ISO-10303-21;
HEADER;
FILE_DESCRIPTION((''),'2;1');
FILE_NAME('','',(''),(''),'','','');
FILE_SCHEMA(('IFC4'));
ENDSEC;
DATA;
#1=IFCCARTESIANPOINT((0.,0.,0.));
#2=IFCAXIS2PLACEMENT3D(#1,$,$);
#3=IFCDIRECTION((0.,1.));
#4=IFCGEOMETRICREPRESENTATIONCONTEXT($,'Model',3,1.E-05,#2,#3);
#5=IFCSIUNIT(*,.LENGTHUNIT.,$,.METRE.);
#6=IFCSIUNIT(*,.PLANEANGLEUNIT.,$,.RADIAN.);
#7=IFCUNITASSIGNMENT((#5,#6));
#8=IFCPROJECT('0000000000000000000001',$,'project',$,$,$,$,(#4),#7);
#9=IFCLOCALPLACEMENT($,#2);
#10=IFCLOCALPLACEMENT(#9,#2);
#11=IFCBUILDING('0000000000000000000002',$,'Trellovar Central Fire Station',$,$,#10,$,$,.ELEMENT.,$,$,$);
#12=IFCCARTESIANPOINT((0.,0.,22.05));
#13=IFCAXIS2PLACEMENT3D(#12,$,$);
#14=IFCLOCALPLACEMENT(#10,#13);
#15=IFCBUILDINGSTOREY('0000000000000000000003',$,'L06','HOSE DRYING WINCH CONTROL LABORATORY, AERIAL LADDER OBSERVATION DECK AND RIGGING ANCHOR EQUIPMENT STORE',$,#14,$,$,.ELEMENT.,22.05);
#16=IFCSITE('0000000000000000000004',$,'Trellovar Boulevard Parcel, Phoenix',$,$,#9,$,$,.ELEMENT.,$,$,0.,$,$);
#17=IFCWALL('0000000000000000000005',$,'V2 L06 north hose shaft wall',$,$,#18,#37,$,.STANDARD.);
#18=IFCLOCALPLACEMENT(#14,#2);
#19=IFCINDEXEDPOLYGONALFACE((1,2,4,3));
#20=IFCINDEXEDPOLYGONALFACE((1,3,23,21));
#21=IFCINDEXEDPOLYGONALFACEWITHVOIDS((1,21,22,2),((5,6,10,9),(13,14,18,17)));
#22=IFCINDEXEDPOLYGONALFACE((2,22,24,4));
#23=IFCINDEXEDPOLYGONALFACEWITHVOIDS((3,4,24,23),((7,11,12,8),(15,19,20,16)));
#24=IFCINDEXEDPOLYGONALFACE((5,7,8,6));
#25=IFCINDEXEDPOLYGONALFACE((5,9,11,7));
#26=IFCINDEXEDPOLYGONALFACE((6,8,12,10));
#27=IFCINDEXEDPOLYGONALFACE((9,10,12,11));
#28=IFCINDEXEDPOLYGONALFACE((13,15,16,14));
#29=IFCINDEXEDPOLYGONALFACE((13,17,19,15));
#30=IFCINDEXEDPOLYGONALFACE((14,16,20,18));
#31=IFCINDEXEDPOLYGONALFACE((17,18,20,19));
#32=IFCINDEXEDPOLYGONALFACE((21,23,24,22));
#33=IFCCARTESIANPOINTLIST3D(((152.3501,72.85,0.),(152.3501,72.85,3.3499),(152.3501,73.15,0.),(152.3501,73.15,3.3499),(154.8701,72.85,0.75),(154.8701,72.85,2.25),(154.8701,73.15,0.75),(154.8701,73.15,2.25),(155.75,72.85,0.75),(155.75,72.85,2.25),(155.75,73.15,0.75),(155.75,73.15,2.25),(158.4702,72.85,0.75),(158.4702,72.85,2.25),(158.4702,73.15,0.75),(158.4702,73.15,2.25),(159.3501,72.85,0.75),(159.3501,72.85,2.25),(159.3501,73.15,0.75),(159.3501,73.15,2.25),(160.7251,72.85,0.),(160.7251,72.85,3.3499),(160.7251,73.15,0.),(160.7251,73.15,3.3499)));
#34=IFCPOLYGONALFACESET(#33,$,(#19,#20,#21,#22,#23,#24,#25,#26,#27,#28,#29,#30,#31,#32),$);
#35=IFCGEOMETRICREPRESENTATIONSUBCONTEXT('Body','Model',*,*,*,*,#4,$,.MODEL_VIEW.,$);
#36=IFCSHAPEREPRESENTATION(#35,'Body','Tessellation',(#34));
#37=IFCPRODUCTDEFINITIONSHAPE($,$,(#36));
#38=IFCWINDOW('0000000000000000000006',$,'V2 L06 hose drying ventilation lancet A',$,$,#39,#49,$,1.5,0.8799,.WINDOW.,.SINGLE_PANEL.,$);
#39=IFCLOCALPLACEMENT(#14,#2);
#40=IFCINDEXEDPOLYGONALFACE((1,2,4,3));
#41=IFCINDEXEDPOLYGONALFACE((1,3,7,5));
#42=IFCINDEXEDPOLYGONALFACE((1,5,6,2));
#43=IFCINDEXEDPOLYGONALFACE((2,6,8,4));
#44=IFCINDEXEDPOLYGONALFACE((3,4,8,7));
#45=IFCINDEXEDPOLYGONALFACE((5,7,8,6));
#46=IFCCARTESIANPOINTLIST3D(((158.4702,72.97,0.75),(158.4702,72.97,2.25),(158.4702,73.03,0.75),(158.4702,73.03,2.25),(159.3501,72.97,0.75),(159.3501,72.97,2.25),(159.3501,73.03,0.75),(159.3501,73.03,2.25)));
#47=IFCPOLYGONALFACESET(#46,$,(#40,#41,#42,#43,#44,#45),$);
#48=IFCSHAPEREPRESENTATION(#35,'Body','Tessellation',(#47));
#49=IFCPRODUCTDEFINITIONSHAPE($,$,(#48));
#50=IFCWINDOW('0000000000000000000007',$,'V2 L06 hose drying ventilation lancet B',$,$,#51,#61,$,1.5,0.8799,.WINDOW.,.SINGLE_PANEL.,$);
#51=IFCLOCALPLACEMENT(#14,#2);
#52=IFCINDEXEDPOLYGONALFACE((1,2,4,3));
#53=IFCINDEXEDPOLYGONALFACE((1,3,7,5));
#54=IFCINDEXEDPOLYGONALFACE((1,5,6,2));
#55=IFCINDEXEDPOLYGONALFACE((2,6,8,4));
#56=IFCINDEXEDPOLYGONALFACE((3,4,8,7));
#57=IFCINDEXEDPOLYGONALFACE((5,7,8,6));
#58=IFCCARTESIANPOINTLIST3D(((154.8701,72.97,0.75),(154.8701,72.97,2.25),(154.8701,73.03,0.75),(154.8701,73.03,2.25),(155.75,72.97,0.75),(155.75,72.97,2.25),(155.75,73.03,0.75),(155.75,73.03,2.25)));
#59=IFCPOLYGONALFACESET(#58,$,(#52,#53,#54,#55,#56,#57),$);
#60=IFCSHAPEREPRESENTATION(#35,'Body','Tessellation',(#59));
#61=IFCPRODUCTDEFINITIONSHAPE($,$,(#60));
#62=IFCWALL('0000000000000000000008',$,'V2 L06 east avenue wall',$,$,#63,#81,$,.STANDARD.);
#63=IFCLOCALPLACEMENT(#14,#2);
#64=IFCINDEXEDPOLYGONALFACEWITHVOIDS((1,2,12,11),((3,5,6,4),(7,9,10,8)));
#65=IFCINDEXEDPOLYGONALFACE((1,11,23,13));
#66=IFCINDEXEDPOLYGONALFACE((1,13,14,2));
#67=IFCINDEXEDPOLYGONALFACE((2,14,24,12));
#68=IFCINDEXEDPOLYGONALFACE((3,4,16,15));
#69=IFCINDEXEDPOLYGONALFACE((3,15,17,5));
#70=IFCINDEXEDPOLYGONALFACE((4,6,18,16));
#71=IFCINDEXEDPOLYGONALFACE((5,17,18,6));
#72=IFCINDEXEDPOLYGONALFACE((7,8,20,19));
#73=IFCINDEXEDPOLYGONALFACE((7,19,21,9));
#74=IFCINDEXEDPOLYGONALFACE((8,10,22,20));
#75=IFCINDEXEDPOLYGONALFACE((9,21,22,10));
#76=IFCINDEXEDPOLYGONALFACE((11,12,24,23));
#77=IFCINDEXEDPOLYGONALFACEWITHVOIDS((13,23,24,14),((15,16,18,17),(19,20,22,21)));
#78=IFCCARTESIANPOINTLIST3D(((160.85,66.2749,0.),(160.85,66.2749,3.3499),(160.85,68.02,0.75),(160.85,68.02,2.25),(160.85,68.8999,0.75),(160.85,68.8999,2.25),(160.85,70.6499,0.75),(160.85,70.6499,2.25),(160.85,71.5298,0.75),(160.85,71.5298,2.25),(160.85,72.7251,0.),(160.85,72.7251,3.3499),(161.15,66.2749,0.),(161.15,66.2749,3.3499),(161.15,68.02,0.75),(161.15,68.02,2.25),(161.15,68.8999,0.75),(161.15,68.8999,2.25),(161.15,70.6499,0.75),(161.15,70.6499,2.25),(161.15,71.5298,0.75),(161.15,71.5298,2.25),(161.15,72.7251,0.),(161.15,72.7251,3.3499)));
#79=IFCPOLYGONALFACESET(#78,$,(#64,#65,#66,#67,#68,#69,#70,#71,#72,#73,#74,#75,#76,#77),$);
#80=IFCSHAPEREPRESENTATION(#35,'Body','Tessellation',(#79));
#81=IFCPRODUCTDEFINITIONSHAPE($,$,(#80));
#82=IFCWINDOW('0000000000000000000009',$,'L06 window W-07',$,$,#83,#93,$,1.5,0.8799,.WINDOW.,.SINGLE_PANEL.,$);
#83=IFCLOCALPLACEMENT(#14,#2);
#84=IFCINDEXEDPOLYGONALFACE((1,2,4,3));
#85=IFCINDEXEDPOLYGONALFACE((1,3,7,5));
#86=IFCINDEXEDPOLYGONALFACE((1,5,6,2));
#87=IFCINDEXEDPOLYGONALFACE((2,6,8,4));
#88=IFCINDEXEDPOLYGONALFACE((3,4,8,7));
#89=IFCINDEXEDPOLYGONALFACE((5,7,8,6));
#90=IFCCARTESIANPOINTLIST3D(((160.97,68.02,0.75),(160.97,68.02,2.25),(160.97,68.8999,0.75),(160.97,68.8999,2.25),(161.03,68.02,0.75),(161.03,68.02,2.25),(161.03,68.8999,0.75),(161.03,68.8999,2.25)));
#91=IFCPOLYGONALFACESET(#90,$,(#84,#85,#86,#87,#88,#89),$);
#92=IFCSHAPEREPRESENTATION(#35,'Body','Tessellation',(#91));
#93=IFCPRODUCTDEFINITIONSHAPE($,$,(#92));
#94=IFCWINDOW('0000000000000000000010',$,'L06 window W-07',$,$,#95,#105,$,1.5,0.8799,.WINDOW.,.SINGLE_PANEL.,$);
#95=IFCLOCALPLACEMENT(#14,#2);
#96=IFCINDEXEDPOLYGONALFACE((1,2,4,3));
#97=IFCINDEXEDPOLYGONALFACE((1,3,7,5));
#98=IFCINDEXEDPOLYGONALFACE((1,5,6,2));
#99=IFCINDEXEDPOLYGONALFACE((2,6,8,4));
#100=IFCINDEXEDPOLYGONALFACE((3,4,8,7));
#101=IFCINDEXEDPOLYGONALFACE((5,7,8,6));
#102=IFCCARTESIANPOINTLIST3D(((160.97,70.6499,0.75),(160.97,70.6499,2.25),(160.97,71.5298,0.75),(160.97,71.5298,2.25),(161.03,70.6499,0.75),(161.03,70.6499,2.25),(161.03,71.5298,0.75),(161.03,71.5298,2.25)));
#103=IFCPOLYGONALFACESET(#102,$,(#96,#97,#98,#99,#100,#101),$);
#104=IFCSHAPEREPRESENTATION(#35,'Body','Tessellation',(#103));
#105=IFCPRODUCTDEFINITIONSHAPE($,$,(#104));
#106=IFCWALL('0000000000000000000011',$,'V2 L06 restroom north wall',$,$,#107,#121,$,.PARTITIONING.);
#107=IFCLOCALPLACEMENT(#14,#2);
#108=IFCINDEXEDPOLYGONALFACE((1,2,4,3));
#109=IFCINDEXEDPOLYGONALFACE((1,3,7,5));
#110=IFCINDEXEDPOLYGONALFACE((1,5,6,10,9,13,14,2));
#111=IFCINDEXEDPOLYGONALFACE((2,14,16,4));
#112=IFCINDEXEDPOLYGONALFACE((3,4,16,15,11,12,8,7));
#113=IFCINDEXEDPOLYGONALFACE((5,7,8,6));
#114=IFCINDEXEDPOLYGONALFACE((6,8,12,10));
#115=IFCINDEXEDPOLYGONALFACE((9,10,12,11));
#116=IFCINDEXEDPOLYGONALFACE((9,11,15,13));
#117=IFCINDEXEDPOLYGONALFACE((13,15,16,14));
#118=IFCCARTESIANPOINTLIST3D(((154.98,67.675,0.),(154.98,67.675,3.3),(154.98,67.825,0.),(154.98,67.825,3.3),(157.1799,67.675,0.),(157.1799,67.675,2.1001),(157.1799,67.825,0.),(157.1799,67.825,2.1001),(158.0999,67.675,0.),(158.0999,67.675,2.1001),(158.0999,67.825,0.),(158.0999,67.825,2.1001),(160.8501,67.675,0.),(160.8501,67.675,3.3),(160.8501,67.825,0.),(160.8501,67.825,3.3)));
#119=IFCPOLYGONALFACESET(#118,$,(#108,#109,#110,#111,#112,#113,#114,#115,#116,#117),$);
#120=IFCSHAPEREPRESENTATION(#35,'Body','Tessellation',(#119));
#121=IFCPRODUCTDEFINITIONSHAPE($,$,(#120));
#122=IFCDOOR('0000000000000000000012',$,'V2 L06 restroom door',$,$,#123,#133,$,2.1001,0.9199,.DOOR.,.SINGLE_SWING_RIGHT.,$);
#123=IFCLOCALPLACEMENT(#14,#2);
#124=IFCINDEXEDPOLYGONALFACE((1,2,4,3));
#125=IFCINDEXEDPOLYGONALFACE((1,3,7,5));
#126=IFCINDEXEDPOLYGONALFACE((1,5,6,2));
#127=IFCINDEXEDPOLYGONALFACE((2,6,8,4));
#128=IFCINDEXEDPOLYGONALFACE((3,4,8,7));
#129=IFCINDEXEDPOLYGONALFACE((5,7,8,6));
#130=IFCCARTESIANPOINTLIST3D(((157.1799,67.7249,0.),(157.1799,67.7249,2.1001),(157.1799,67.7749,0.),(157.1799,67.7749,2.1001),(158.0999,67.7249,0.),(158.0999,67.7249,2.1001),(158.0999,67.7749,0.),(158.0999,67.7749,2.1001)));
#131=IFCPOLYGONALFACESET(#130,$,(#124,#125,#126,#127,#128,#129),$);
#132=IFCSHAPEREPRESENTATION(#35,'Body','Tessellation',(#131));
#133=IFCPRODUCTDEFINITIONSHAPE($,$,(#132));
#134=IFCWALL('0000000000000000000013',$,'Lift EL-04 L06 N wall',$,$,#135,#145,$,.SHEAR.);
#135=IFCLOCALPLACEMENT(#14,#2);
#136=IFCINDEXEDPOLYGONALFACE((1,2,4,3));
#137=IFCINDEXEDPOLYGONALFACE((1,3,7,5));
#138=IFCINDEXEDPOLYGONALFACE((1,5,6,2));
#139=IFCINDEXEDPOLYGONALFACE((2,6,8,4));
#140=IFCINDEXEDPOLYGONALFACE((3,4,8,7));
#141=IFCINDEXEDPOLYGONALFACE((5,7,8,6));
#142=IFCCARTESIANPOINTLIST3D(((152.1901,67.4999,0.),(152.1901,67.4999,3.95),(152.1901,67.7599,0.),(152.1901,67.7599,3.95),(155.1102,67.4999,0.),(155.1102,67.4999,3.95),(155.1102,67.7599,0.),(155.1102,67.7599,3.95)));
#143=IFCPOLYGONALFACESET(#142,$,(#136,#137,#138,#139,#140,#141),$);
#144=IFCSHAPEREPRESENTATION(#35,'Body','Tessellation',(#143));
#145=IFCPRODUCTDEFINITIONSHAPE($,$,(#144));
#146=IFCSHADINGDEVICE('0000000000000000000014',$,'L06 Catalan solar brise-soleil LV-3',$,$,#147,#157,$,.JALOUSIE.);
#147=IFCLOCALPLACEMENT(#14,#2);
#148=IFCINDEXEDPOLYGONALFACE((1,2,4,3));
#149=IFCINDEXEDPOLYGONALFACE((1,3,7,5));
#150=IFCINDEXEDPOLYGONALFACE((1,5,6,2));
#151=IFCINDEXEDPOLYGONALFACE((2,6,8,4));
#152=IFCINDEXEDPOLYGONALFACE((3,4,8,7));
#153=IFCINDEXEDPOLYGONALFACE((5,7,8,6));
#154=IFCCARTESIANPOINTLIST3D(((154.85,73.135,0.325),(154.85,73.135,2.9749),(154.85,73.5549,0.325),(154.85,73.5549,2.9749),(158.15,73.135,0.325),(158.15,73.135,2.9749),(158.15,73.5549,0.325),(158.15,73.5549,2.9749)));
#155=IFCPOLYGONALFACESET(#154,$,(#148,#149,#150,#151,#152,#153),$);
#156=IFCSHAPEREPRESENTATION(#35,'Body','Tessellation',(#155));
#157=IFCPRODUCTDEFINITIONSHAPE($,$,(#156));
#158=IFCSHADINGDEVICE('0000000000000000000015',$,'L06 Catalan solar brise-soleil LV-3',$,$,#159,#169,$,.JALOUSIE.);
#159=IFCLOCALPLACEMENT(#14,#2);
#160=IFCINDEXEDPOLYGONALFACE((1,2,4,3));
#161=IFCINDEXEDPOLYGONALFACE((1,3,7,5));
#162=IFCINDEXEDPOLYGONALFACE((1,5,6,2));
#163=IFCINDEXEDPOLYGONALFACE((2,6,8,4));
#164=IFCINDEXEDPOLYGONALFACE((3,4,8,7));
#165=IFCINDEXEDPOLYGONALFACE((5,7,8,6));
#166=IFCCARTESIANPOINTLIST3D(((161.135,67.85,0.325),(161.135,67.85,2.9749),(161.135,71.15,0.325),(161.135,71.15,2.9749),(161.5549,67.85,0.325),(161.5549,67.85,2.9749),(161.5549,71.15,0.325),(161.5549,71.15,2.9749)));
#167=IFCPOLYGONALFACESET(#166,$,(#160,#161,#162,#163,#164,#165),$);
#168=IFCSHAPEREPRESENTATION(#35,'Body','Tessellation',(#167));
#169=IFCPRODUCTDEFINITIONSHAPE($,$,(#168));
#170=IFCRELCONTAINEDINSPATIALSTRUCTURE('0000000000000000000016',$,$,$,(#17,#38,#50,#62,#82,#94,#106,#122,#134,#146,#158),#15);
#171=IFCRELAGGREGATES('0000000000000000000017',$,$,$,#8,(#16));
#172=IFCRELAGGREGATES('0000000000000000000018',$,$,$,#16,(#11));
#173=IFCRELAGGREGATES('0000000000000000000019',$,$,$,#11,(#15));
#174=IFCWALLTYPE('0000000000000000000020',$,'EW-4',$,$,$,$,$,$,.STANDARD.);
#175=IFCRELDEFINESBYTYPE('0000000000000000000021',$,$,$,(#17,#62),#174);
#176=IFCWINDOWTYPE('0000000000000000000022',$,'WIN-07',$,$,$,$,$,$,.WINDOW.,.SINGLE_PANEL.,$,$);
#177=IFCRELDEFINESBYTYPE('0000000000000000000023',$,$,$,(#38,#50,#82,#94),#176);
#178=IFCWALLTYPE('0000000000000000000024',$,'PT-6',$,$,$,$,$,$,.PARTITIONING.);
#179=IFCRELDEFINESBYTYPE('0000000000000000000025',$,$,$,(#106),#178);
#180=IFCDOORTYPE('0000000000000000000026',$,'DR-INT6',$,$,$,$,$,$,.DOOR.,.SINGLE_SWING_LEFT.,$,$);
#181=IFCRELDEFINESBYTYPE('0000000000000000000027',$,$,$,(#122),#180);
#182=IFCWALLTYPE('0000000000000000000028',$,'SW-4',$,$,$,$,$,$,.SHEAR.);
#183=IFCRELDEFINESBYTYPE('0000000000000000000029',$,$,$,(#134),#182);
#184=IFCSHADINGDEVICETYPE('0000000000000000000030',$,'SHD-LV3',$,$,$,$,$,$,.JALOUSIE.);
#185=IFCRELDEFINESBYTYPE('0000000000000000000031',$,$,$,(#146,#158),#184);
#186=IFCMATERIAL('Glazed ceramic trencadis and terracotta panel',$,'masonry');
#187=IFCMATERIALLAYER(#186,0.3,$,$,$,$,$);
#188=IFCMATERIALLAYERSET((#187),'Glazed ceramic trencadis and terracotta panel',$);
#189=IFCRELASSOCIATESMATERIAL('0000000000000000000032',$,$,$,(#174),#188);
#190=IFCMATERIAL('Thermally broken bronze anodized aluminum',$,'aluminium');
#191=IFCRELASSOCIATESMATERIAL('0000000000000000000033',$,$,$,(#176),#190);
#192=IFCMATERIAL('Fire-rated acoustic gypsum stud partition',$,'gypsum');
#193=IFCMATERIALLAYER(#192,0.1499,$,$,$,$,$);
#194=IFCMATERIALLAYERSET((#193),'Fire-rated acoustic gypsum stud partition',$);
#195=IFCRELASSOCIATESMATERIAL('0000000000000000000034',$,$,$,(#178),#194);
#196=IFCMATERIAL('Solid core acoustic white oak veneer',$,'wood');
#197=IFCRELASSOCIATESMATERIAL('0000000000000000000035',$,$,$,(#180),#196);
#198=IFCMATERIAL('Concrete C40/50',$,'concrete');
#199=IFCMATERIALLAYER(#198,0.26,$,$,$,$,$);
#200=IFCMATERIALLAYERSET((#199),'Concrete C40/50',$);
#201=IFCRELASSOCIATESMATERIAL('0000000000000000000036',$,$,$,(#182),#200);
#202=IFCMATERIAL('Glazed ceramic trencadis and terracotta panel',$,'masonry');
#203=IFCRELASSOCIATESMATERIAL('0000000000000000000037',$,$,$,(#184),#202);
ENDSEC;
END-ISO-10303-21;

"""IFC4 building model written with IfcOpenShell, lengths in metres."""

from ifc_helpers import new_model, si_unit, direction, frame, frame_2d, origin, origin_2d, place, context, subcontext, project, spatial, rectangle, extrude, material, layer, layer_set, type_object, element, fill, save


model = new_model("IFC4")

# Units and contexts
model_context = context("Model", 3, precision=1e-05, world=origin(), true_north=direction((0.0, 1.0)))
body_context = subcontext(model_context, "Body", "Model", "MODEL_VIEW")
ifc_project = project(units=[si_unit("LENGTHUNIT", "METRE"), si_unit("PLANEANGLEUNIT", "RADIAN")], contexts=[model_context])

# Site, building, storey
site_placement = place(None, origin())
site = spatial("IfcSite", under=ifc_project, at=site_placement, Name="Trellovar Boulevard Parcel, Phoenix", CompositionType="ELEMENT", RefElevation=0.0)
building_placement = place(site_placement, origin())
building = spatial("IfcBuilding", under=site, at=building_placement, Name="Trellovar Central Fire Station", CompositionType="ELEMENT")
storey_placement = place(building_placement, frame((0.0, 0.0, 22.05)))
storey = spatial("IfcBuildingStorey", under=building, at=storey_placement, Name="L06", Description="HOSE DRYING WINCH CONTROL LABORATORY, AERIAL LADDER OBSERVATION DECK AND RIGGING ANCHOR EQUIPMENT STORE", CompositionType="ELEMENT", Elevation=22.05)

# Walls, openings, windows
ifc_material_1 = material(Name="Glazed ceramic trencadis and terracotta panel", Category="masonry")
ifc_layer_1 = layer(ifc_material_1, 0.3)
ifc_layer_set_1 = layer_set([ifc_layer_1], Name="Glazed ceramic trencadis and terracotta panel")
wall_type_1 = type_object("IfcWallType", Name="EW-4", PredefinedType="STANDARD", material=ifc_layer_set_1)
wall_1_placement = place(storey_placement, frame((160.7251, 73.0, 0.0), z_axis=(0.0, 0.0, 1.0), x_axis=(-1.0, 0.0, 0.0)))
wall_1 = element("IfcWall", 1, at=wall_1_placement, inside=storey, type_object=wall_type_1, Name="V2 L06 north hose shaft wall", PredefinedType="STANDARD", context=body_context, shape_type="SweptSolid", body=[
    extrude(rectangle(XDim=8.375, YDim=0.3, at=frame_2d((4.1875, 0.0))), origin(), (0.0, 0.0, 1.0), 3.3499),
])
opening_1_placement = place(wall_1_placement, frame((1.375, 0.0, 0.75)))
opening_1 = element("IfcOpeningElement", 2, at=opening_1_placement, cuts=wall_1, PredefinedType="OPENING", context=body_context, shape_type="SweptSolid", body=[
    extrude(rectangle(XDim=0.8799, YDim=1.5, at=frame_2d((0.4399, 0.75))), frame((0.0, 0.1599, 0.0), z_axis=(0.0, -1.0, 0.0), x_axis=(1.0, 0.0, 0.0)), (0.0, 0.0, 1.0), 0.3201),
])
opening_2_placement = place(wall_1_placement, frame((4.9751, 0.0, 0.75)))
opening_2 = element("IfcOpeningElement", 3, at=opening_2_placement, cuts=wall_1, PredefinedType="OPENING", context=body_context, shape_type="SweptSolid", body=[
    extrude(rectangle(XDim=0.8799, YDim=1.5, at=frame_2d((0.4399, 0.75))), frame((0.0, 0.1599, 0.0), z_axis=(0.0, -1.0, 0.0), x_axis=(1.0, 0.0, 0.0)), (0.0, 0.0, 1.0), 0.3201),
])
ifc_material_2 = material(Name="Thermally broken bronze anodized aluminum", Category="aluminium")
window_type = type_object("IfcWindowType", Name="WIN-07", PartitioningType="SINGLE_PANEL", PredefinedType="WINDOW", material=ifc_material_2)
window_1_placement = place(opening_1_placement, origin())
window_1 = element("IfcWindow", 4, at=window_1_placement, inside=storey, type_object=window_type, Name="V2 L06 hose drying ventilation lancet A", OverallHeight=1.5, OverallWidth=0.8799, PartitioningType="SINGLE_PANEL", PredefinedType="WINDOW", context=body_context, shape_type="SweptSolid", body=[
    extrude(rectangle(XDim=0.8799, YDim=1.5, at=frame_2d((0.4399, 0.75))), frame((0.0, 0.03, 0.0), z_axis=(0.0, -1.0, 0.0), x_axis=(1.0, 0.0, 0.0)), (0.0, 0.0, 1.0), 0.0601),
])
fill(opening_1, window_1)
window_2_placement = place(opening_2_placement, origin())
window_2 = element("IfcWindow", 5, at=window_2_placement, inside=storey, type_object=window_type, Name="V2 L06 hose drying ventilation lancet B", OverallHeight=1.5, OverallWidth=0.8799, PartitioningType="SINGLE_PANEL", PredefinedType="WINDOW", context=body_context, shape_type="SweptSolid", body=[
    extrude(rectangle(XDim=0.8799, YDim=1.5, at=frame_2d((0.4399, 0.75))), frame((0.0, 0.03, 0.0), z_axis=(0.0, -1.0, 0.0), x_axis=(1.0, 0.0, 0.0)), (0.0, 0.0, 1.0), 0.0601),
])
fill(opening_2, window_2)
wall_2_placement = place(storey_placement, frame((161.0, 66.2749, 0.0), z_axis=(0.0, 0.0, 1.0), x_axis=(0.0, 1.0, 0.0)))
wall_2 = element("IfcWall", 6, at=wall_2_placement, inside=storey, type_object=wall_type_1, Name="V2 L06 east avenue wall", PredefinedType="STANDARD", context=body_context, shape_type="SweptSolid", body=[
    extrude(rectangle(XDim=6.4502, YDim=0.3, at=frame_2d((3.2251, 0.0))), origin(), (0.0, 0.0, 1.0), 3.3499),
])
opening_3_placement = place(wall_2_placement, frame((1.7451, 0.0, 0.75)))
opening_3 = element("IfcOpeningElement", 7, at=opening_3_placement, cuts=wall_2, PredefinedType="OPENING", context=body_context, shape_type="SweptSolid", body=[
    extrude(rectangle(XDim=0.8799, YDim=1.5, at=frame_2d((0.4399, 0.75))), frame((0.0, 0.1599, 0.0), z_axis=(0.0, -1.0, 0.0), x_axis=(1.0, 0.0, 0.0)), (0.0, 0.0, 1.0), 0.3201),
])
opening_4_placement = place(wall_2_placement, frame((4.375, 0.0, 0.75)))
opening_4 = element("IfcOpeningElement", 8, at=opening_4_placement, cuts=wall_2, PredefinedType="OPENING", context=body_context, shape_type="SweptSolid", body=[
    extrude(rectangle(XDim=0.8799, YDim=1.5, at=frame_2d((0.4399, 0.75))), frame((0.0, 0.1599, 0.0), z_axis=(0.0, -1.0, 0.0), x_axis=(1.0, 0.0, 0.0)), (0.0, 0.0, 1.0), 0.3201),
])
window_3_placement = place(opening_3_placement, origin())
window_3 = element("IfcWindow", 9, at=window_3_placement, inside=storey, type_object=window_type, Name="L06 window W-07", OverallHeight=1.5, OverallWidth=0.8799, PartitioningType="SINGLE_PANEL", PredefinedType="WINDOW", context=body_context, shape_type="SweptSolid", body=[
    extrude(rectangle(XDim=0.8799, YDim=1.5, at=frame_2d((0.4399, 0.75))), frame((0.0, 0.03, 0.0), z_axis=(0.0, -1.0, 0.0), x_axis=(1.0, 0.0, 0.0)), (0.0, 0.0, 1.0), 0.0601),
])
fill(opening_3, window_3)
window_4_placement = place(opening_4_placement, origin())
window_4 = element("IfcWindow", 10, at=window_4_placement, inside=storey, type_object=window_type, Name="L06 window W-07", OverallHeight=1.5, OverallWidth=0.8799, PartitioningType="SINGLE_PANEL", PredefinedType="WINDOW", context=body_context, shape_type="SweptSolid", body=[
    extrude(rectangle(XDim=0.8799, YDim=1.5, at=frame_2d((0.4399, 0.75))), frame((0.0, 0.03, 0.0), z_axis=(0.0, -1.0, 0.0), x_axis=(1.0, 0.0, 0.0)), (0.0, 0.0, 1.0), 0.0601),
])
fill(opening_4, window_4)

# Wall, opening, door
ifc_material_3 = material(Name="Fire-rated acoustic gypsum stud partition", Category="gypsum")
ifc_layer_2 = layer(ifc_material_3, 0.1499)
ifc_layer_set_2 = layer_set([ifc_layer_2], Name="Fire-rated acoustic gypsum stud partition")
wall_type_2 = type_object("IfcWallType", Name="PT-6", PredefinedType="PARTITIONING", material=ifc_layer_set_2)
wall_3_placement = place(storey_placement, frame((154.98, 67.75, 0.0), z_axis=(0.0, 0.0, 1.0), x_axis=(1.0, 0.0, 0.0)))
wall_3 = element("IfcWall", 11, at=wall_3_placement, inside=storey, type_object=wall_type_2, Name="V2 L06 restroom north wall", PredefinedType="PARTITIONING", context=body_context, shape_type="SweptSolid", body=[
    extrude(rectangle(XDim=5.8701, YDim=0.1499, at=frame_2d((2.9351, 0.0))), origin(), (0.0, 0.0, 1.0), 3.3),
])
opening_5_placement = place(wall_3_placement, frame((2.2, 0.0, 0.0)))
opening_5 = element("IfcOpeningElement", 12, at=opening_5_placement, cuts=wall_3, PredefinedType="OPENING", context=body_context, shape_type="SweptSolid", body=[
    extrude(rectangle(XDim=0.9199, YDim=2.1001, at=frame_2d((0.46, 1.05))), frame((0.0, 0.085, 0.0), z_axis=(0.0, -1.0, 0.0), x_axis=(1.0, 0.0, 0.0)), (0.0, 0.0, 1.0), 0.1699),
])
ifc_material_4 = material(Name="Solid core acoustic white oak veneer", Category="wood")
door_type = type_object("IfcDoorType", Name="DR-INT6", OperationType="SINGLE_SWING_LEFT", PredefinedType="DOOR", material=ifc_material_4)
door_placement = place(opening_5_placement, origin())
door = element("IfcDoor", 13, at=door_placement, inside=storey, type_object=door_type, Name="V2 L06 restroom door", OperationType="SINGLE_SWING_RIGHT", OverallHeight=2.1001, OverallWidth=0.9199, PredefinedType="DOOR", context=body_context, shape_type="SweptSolid", body=[
    extrude(rectangle(XDim=0.9199, YDim=2.1001, at=frame_2d((0.46, 1.05))), frame((0.0, 0.0249, 0.0), z_axis=(0.0, -1.0, 0.0), x_axis=(1.0, 0.0, 0.0)), (0.0, 0.0, 1.0), 0.05),
])
fill(opening_5, door)

# Wall
ifc_material_5 = material(Name="Concrete C40/50", Category="concrete")
ifc_layer_3 = layer(ifc_material_5, 0.26)
ifc_layer_set_3 = layer_set([ifc_layer_3], Name="Concrete C40/50")
wall_type_3 = type_object("IfcWallType", Name="SW-4", PredefinedType="SHEAR", material=ifc_layer_set_3)
wall_4_placement = place(storey_placement, frame((155.1101, 67.6299, 0.0), z_axis=(0.0, 0.0, 1.0), x_axis=(-1.0, 0.0, 0.0)))
element("IfcWall", 14, at=wall_4_placement, inside=storey, type_object=wall_type_3, Name="Lift EL-04 L06 N wall", PredefinedType="SHEAR", context=body_context, shape_type="SweptSolid", body=[
    extrude(rectangle(XDim=2.9202, YDim=0.26, at=frame_2d((1.46, 0.0))), origin(), (0.0, 0.0, 1.0), 3.95),
])

# Shading devices
ifc_material_6 = material(Name="Glazed ceramic trencadis and terracotta panel", Category="masonry")
shading_device_type = type_object("IfcShadingDeviceType", Name="SHD-LV3", PredefinedType="JALOUSIE", material=ifc_material_6)
for number, where, z_axis, x_axis, name in (
    (15, (156.5, 73.345, 0.325), (0.0, 0.0, 1.0), (1.0, 0.0, 0.0), "L06 Catalan solar brise-soleil LV-3"),
    (16, (161.345, 69.5, 0.325), (0.0, 0.0, 1.0), (0.0, 1.0, 0.0), "L06 Catalan solar brise-soleil LV-3"),
):
    element("IfcShadingDevice", number, at=place(storey_placement, frame(where, z_axis=z_axis, x_axis=x_axis)), inside=storey, type_object=shading_device_type, Name=name, PredefinedType="JALOUSIE", context=body_context, shape_type="SweptSolid", body=[
        extrude(rectangle(XDim=3.3, YDim=0.4199, at=origin_2d()), origin(), (0.0, 0.0, 1.0), 2.6499),
    ])

save(model, "model.ifc")
